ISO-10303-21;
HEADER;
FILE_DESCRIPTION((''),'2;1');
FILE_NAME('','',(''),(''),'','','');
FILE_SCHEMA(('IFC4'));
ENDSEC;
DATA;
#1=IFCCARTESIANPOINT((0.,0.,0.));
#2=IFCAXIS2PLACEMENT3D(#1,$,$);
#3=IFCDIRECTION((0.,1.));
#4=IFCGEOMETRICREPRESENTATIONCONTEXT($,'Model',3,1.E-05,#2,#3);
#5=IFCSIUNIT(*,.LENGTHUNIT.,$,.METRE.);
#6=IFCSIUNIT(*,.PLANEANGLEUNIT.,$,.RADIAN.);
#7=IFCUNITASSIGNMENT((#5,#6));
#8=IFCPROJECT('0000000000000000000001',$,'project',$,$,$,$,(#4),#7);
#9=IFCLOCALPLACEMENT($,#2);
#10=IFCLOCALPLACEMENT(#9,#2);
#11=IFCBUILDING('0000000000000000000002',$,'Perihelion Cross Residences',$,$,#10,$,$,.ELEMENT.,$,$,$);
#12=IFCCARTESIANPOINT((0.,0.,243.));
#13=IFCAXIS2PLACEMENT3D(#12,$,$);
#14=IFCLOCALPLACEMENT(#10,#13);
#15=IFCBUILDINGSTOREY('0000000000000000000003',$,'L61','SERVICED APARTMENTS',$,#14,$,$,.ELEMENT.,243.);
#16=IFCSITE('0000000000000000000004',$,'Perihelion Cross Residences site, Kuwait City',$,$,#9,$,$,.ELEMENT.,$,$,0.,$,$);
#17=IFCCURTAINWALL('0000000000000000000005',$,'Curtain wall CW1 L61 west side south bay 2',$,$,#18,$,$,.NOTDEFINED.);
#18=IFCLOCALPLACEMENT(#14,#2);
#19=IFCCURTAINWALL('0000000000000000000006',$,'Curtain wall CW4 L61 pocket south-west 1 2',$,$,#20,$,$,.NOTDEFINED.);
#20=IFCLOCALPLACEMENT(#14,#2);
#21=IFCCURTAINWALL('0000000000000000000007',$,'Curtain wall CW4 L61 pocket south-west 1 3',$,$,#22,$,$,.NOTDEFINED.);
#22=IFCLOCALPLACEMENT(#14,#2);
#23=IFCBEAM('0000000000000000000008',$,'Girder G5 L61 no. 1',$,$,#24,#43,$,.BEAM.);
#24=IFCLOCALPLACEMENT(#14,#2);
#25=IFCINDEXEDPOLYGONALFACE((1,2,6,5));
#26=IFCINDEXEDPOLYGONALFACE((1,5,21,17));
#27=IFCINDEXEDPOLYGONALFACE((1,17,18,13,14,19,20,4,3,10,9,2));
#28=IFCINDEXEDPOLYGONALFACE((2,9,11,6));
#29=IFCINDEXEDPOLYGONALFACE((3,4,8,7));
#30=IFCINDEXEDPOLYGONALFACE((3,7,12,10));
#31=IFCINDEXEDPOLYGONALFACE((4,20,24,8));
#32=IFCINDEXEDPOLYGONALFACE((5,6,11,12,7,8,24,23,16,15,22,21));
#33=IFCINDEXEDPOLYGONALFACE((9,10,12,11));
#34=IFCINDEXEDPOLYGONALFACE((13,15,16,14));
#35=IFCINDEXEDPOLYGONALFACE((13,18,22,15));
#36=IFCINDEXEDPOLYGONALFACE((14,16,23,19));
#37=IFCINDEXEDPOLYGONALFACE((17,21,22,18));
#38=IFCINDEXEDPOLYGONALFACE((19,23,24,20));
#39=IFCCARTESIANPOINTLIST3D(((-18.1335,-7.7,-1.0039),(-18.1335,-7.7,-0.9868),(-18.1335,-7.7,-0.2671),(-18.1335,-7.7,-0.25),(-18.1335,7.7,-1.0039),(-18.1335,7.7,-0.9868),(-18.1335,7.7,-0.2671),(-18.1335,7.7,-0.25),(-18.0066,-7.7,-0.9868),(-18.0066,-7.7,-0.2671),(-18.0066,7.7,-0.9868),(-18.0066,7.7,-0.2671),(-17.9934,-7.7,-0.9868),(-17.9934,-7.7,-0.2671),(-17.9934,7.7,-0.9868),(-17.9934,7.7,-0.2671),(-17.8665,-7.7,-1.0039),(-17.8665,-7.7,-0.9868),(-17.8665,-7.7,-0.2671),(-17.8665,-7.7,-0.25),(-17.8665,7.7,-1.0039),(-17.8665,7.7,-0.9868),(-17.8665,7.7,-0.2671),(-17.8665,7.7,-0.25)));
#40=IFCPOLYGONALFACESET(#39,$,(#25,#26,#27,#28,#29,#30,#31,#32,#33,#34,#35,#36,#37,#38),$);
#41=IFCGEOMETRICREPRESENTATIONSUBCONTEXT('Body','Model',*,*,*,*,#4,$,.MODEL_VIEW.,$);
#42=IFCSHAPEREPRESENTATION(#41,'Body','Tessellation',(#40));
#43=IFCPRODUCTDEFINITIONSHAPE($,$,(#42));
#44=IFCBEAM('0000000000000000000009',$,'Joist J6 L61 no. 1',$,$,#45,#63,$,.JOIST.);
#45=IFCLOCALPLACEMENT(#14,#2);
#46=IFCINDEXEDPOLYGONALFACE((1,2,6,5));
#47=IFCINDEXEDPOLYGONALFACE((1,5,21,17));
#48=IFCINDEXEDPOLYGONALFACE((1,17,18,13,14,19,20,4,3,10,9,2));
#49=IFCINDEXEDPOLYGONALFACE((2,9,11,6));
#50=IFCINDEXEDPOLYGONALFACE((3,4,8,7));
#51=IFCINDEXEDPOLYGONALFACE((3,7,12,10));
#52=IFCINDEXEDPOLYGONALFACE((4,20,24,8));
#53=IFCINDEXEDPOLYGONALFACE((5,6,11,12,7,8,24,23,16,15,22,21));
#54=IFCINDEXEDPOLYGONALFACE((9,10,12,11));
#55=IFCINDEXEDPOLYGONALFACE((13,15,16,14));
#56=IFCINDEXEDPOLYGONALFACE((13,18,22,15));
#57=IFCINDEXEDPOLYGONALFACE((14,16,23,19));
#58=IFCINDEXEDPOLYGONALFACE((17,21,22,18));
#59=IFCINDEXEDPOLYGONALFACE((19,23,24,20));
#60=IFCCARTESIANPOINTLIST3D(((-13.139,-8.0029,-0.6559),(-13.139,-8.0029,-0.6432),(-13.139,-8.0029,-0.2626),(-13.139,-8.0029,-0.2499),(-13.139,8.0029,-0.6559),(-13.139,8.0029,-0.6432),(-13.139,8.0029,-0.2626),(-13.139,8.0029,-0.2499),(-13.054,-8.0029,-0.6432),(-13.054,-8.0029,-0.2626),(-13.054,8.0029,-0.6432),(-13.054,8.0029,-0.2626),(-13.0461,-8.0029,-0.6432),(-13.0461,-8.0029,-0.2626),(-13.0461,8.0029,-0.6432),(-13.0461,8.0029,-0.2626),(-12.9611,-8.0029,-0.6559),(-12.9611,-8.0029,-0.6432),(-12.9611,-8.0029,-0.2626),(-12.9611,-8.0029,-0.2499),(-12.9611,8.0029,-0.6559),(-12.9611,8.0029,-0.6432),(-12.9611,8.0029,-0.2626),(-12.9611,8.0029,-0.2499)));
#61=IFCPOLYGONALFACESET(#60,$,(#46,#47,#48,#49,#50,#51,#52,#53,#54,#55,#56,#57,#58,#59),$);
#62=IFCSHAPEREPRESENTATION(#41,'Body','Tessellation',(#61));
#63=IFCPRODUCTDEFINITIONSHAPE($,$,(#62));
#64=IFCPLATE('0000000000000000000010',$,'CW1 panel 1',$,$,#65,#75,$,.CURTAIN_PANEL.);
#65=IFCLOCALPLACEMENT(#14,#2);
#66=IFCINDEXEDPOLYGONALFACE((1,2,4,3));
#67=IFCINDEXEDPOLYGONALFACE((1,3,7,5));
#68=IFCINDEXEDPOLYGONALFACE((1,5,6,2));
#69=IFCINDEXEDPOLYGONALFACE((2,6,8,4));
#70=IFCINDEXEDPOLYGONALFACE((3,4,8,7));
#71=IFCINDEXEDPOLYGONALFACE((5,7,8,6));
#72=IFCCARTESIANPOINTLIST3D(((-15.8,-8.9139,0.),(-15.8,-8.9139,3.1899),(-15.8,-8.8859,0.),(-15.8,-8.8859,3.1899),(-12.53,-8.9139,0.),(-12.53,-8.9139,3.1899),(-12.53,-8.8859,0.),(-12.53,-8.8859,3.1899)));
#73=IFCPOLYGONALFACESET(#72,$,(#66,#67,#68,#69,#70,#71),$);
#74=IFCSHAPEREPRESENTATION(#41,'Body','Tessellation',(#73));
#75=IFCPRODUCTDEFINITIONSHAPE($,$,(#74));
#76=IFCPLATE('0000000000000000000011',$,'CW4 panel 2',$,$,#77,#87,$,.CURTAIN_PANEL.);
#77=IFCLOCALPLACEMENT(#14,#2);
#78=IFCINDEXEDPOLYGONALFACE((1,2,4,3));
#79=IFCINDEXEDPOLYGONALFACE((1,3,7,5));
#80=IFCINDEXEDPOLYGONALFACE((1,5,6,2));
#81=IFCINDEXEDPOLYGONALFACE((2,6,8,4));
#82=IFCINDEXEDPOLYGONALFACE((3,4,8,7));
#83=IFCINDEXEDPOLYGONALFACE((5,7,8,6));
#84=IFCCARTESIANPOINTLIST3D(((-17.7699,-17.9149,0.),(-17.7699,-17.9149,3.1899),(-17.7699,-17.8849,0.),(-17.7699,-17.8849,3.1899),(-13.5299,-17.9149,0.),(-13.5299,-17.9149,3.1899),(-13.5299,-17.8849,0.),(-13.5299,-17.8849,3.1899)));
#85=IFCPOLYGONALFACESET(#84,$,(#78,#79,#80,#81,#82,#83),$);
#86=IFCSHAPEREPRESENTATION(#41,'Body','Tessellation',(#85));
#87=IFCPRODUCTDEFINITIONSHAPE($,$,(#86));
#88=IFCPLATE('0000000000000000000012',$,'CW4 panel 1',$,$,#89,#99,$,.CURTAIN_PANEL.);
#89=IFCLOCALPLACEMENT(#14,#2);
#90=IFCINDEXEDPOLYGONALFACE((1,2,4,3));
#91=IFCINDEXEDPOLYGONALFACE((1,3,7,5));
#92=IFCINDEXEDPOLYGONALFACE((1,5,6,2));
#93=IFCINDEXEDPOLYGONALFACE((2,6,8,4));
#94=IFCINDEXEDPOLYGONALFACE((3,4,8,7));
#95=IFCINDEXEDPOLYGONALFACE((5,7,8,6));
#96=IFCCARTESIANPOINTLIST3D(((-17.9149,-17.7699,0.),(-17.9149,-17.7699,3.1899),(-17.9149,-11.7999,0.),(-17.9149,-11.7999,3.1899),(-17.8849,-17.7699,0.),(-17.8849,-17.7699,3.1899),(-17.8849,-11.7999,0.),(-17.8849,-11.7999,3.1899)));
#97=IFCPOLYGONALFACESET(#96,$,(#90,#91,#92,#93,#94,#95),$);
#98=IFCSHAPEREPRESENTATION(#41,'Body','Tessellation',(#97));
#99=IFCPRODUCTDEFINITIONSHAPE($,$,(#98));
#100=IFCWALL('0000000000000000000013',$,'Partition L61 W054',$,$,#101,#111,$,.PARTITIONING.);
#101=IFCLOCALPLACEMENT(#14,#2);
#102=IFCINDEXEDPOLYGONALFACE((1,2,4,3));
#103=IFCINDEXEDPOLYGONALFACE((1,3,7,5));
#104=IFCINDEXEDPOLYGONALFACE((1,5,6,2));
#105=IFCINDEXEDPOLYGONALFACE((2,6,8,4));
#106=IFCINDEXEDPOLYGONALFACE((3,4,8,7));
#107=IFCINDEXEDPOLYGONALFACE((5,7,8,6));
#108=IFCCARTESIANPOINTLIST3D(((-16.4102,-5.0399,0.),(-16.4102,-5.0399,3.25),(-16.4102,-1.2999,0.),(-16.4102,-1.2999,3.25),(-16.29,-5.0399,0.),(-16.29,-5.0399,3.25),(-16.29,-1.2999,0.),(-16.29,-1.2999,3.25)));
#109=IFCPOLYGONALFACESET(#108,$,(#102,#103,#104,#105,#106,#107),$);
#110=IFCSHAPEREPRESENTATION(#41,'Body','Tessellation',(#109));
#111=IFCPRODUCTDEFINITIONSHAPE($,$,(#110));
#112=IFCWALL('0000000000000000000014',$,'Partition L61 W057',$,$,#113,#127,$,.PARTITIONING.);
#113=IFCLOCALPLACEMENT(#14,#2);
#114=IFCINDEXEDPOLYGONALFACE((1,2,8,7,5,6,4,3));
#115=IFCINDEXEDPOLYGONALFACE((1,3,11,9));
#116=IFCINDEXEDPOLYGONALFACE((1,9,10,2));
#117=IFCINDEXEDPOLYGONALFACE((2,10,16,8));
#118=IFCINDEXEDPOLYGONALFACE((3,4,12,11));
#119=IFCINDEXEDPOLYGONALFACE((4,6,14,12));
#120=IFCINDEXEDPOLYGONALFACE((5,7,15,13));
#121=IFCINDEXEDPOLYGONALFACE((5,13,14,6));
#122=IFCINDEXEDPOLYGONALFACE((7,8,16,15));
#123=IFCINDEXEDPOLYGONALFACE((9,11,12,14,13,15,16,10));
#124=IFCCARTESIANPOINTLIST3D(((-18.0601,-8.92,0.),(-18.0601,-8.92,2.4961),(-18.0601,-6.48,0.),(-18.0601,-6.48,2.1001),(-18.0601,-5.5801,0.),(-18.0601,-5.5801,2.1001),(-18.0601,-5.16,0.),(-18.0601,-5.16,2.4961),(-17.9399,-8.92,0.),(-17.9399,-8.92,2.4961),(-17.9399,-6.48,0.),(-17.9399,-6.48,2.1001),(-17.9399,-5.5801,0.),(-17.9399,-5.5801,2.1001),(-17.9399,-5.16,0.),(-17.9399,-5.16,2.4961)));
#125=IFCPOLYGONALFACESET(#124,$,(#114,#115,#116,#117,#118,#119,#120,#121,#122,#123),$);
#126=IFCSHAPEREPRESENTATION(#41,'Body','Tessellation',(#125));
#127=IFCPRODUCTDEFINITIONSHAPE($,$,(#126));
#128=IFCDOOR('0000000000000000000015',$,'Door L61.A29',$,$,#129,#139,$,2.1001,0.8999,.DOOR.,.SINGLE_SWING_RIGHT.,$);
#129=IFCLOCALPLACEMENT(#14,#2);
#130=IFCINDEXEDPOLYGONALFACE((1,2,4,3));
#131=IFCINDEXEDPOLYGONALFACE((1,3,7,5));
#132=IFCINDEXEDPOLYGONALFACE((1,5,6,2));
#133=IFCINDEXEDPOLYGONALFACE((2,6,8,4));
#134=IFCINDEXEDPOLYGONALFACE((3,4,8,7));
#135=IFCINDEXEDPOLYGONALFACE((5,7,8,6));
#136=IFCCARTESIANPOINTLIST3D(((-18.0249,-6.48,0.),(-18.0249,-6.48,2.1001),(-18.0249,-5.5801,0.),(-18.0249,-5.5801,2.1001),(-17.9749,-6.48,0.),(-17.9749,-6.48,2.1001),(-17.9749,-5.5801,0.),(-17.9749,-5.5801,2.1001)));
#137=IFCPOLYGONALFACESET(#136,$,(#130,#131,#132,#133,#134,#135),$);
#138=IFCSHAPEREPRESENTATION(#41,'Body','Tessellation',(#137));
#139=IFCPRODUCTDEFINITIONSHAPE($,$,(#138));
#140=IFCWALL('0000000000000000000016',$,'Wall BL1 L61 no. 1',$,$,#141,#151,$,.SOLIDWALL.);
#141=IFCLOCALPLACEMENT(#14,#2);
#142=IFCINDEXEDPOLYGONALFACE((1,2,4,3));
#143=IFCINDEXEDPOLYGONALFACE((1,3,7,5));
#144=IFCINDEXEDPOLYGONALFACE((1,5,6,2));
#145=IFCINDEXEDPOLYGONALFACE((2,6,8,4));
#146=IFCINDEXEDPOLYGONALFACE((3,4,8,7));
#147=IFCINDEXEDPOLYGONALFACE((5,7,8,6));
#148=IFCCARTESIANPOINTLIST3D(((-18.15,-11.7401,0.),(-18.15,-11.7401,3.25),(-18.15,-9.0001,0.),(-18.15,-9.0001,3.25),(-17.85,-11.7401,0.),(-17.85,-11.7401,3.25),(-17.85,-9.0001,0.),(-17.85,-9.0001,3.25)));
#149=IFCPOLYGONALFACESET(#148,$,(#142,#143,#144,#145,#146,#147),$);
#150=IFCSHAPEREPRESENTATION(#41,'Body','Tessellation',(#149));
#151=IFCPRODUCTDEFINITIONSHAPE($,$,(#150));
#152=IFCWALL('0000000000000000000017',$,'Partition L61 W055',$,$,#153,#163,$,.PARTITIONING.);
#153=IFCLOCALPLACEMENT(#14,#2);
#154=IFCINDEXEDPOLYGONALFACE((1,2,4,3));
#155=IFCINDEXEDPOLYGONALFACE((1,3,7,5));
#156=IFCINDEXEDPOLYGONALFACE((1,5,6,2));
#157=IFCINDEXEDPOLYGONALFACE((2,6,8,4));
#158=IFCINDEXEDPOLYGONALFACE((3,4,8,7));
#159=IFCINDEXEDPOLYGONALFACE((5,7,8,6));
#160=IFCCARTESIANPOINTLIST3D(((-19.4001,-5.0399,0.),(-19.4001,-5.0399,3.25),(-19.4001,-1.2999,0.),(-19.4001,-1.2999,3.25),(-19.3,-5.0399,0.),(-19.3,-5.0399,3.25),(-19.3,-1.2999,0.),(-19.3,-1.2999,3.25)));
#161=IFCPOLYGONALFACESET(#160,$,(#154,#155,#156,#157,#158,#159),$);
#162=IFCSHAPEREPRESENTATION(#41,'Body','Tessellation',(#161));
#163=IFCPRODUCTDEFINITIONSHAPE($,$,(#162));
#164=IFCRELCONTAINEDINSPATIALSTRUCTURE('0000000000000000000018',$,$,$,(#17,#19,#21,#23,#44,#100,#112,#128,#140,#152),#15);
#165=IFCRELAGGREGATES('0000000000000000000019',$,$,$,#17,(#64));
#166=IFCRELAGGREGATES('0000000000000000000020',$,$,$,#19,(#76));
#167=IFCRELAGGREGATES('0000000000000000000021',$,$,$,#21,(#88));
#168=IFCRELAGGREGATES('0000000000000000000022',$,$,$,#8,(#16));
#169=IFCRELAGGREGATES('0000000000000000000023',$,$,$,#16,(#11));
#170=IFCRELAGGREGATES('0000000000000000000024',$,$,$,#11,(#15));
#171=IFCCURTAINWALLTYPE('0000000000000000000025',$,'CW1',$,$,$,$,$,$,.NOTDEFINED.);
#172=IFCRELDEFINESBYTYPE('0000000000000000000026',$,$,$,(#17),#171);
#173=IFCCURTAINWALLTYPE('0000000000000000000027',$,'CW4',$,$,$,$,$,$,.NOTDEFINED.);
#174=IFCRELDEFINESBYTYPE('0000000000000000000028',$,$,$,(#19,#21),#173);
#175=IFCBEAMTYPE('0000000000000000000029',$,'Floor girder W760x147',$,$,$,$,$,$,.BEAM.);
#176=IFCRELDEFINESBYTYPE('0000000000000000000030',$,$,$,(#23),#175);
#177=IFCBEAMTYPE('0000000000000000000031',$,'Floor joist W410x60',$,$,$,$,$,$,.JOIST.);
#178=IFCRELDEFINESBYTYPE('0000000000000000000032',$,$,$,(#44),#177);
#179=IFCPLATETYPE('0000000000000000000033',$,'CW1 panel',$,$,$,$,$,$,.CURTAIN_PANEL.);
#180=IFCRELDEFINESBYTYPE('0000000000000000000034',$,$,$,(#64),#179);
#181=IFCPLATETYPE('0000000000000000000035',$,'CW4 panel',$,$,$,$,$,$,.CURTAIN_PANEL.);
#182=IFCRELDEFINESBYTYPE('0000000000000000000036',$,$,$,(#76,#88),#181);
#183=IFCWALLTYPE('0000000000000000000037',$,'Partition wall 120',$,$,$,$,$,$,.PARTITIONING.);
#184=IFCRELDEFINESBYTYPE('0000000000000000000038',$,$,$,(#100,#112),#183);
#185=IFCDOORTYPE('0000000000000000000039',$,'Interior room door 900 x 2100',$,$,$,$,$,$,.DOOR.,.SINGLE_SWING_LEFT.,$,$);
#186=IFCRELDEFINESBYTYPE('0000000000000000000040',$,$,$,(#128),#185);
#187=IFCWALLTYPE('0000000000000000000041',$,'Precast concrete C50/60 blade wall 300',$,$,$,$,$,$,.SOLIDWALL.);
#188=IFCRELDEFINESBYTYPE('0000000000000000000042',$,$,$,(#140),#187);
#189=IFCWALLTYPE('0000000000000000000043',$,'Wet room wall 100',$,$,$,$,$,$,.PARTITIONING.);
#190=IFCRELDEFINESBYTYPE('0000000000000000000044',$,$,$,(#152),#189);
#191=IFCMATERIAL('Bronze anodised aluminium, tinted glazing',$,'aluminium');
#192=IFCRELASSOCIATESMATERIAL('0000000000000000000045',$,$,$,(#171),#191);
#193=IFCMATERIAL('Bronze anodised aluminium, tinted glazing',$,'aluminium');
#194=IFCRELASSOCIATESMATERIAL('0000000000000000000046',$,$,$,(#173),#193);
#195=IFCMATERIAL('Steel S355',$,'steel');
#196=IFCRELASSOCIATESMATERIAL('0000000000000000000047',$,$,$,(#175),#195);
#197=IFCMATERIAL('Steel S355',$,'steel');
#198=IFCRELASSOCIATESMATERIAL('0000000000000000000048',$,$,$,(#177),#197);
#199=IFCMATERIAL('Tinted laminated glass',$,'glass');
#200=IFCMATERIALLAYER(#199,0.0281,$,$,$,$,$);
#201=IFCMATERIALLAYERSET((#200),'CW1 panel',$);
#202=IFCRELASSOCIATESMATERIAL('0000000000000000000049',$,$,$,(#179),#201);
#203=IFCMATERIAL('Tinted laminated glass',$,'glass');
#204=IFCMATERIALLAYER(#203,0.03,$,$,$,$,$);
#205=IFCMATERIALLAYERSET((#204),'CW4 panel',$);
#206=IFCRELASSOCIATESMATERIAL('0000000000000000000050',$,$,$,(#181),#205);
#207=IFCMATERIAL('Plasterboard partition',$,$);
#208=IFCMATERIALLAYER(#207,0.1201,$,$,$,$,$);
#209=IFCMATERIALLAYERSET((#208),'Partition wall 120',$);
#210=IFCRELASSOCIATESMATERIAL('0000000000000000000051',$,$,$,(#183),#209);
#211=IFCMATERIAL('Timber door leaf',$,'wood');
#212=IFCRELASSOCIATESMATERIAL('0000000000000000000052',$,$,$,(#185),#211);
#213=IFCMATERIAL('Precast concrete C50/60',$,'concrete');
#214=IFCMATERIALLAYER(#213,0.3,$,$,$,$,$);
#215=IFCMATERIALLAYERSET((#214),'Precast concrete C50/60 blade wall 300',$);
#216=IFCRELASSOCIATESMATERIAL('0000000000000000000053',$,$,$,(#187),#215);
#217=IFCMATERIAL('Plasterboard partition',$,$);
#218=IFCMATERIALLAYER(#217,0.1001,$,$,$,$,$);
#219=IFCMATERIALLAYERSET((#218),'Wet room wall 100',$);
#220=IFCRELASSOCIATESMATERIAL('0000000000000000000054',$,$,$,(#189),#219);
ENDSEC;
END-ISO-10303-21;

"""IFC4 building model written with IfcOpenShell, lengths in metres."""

from ifc_helpers import new_model, si_unit, direction, frame, frame_2d, origin, origin_2d, place, context, subcontext, project, spatial, rectangle, i_section, extrude, material, layer, layer_set, material_profile, profile_set, type_object, element, fill, aggregate, save


model = new_model("IFC4")

# Units and contexts
model_context = context("Model", 3, precision=1e-05, world=origin(), true_north=direction((0.0, 1.0)))
body_context = subcontext(model_context, "Body", "Model", "MODEL_VIEW")
ifc_project = project(units=[si_unit("LENGTHUNIT", "METRE"), si_unit("PLANEANGLEUNIT", "RADIAN")], contexts=[model_context])

# Site, building, storey
site_placement = place(None, origin())
site = spatial("IfcSite", under=ifc_project, at=site_placement, Name="Perihelion Cross Residences site, Kuwait City", CompositionType="ELEMENT", RefElevation=0.0)
building_placement = place(site_placement, origin())
building = spatial("IfcBuilding", under=site, at=building_placement, Name="Perihelion Cross Residences", CompositionType="ELEMENT")
storey_placement = place(building_placement, frame((0.0, 0.0, 243.0)))
storey = spatial("IfcBuildingStorey", under=building, at=storey_placement, Name="L61", Description="SERVICED APARTMENTS", CompositionType="ELEMENT", Elevation=243.0)

# Curtain walls
ifc_material_1 = material(Name="Bronze anodised aluminium, tinted glazing", Category="aluminium")
curtain_wall_type_1 = type_object("IfcCurtainWallType", Name="CW1", PredefinedType="NOTDEFINED", material=ifc_material_1)
curtain_wall_1_placement = place(storey_placement, origin())
curtain_wall_1 = element("IfcCurtainWall", 1, at=curtain_wall_1_placement, inside=storey, type_object=curtain_wall_type_1, Name="Curtain wall CW1 L61 west side south bay 2", PredefinedType="NOTDEFINED")
ifc_material_2 = material(Name="Bronze anodised aluminium, tinted glazing", Category="aluminium")
curtain_wall_type_2 = type_object("IfcCurtainWallType", Name="CW4", PredefinedType="NOTDEFINED", material=ifc_material_2)
curtain_wall_2_placement = place(storey_placement, origin())
curtain_wall_2 = element("IfcCurtainWall", 2, at=curtain_wall_2_placement, inside=storey, type_object=curtain_wall_type_2, Name="Curtain wall CW4 L61 pocket south-west 1 2", PredefinedType="NOTDEFINED")
curtain_wall_3_placement = place(storey_placement, origin())
curtain_wall_3 = element("IfcCurtainWall", 3, at=curtain_wall_3_placement, inside=storey, type_object=curtain_wall_type_2, Name="Curtain wall CW4 L61 pocket south-west 1 3", PredefinedType="NOTDEFINED")

# Beams
ifc_material_3 = material(Name="Steel S355", Category="steel")
ifc_material_profile_1 = material_profile(ifc_material_3, i_section(OverallWidth=0.2671, OverallDepth=0.7539, WebThickness=0.0132, FlangeThickness=0.0171, at=origin_2d()), Name="W760x147")
ifc_profile_set_1 = profile_set([ifc_material_profile_1], Name="Steel S355")
beam_type_1 = type_object("IfcBeamType", Name="Floor girder W760x147", PredefinedType="BEAM", material=ifc_profile_set_1)
beam_1_placement = place(storey_placement, frame((-18.0, -7.7, -0.627), z_axis=(0.0, 1.0, 0.0), x_axis=(-1.0, 0.0, 0.0)))
element("IfcBeam", 4, at=beam_1_placement, inside=storey, type_object=beam_type_1, Name="Girder G5 L61 no. 1", PredefinedType="BEAM", context=body_context, shape_type="SweptSolid", body=[
    extrude(i_section(OverallWidth=0.2671, OverallDepth=0.7539, WebThickness=0.0132, FlangeThickness=0.0171, at=origin_2d()), origin(), (0.0, 0.0, 1.0), 15.3999),
])
ifc_material_4 = material(Name="Steel S355", Category="steel")
ifc_material_profile_2 = material_profile(ifc_material_4, i_section(OverallWidth=0.178, OverallDepth=0.406, WebThickness=0.0078, FlangeThickness=0.0127, at=origin_2d()), Name="W410x60")
ifc_profile_set_2 = profile_set([ifc_material_profile_2], Name="Steel S355")
beam_type_2 = type_object("IfcBeamType", Name="Floor joist W410x60", PredefinedType="JOIST", material=ifc_profile_set_2)
beam_2_placement = place(storey_placement, frame((-13.05, -8.0029, -0.4529), z_axis=(0.0, 1.0, 0.0), x_axis=(-1.0, 0.0, 0.0)))
element("IfcBeam", 5, at=beam_2_placement, inside=storey, type_object=beam_type_2, Name="Joist J6 L61 no. 1", PredefinedType="JOIST", context=body_context, shape_type="SweptSolid", body=[
    extrude(i_section(OverallWidth=0.178, OverallDepth=0.406, WebThickness=0.0078, FlangeThickness=0.0127, at=origin_2d()), origin(), (0.0, 0.0, 1.0), 16.0059),
])

# Plates
ifc_material_5 = material(Name="Tinted laminated glass", Category="glass")
ifc_layer_1 = layer(ifc_material_5, 0.0281)
ifc_layer_set_1 = layer_set([ifc_layer_1], Name="CW1 panel")
plate_type_1 = type_object("IfcPlateType", Name="CW1 panel", PredefinedType="CURTAIN_PANEL", material=ifc_layer_set_1)
plate_1_placement = place(storey_placement, frame((-14.165, -8.8999, 0.0), z_axis=(0.0, 0.0, 1.0), x_axis=(1.0, 0.0, 0.0)))
plate_1 = element("IfcPlate", 6, at=plate_1_placement, type_object=plate_type_1, Name="CW1 panel 1", PredefinedType="CURTAIN_PANEL", context=body_context, shape_type="SweptSolid", body=[
    extrude(rectangle(XDim=3.27, YDim=0.0281, at=origin_2d()), origin(), (0.0, 0.0, 1.0), 3.1899),
])
aggregate(curtain_wall_1, [plate_1])
ifc_material_6 = material(Name="Tinted laminated glass", Category="glass")
ifc_layer_2 = layer(ifc_material_6, 0.03)
ifc_layer_set_2 = layer_set([ifc_layer_2], Name="CW4 panel")
plate_type_2 = type_object("IfcPlateType", Name="CW4 panel", PredefinedType="CURTAIN_PANEL", material=ifc_layer_set_2)
plate_2_placement = place(storey_placement, frame((-15.6499, -17.8999, 0.0), z_axis=(0.0, 0.0, 1.0), x_axis=(-1.0, 0.0, 0.0)))
plate_2 = element("IfcPlate", 7, at=plate_2_placement, type_object=plate_type_2, Name="CW4 panel 2", PredefinedType="CURTAIN_PANEL", context=body_context, shape_type="SweptSolid", body=[
    extrude(rectangle(XDim=4.24, YDim=0.03, at=origin_2d()), origin(), (0.0, 0.0, 1.0), 3.1899),
])
aggregate(curtain_wall_2, [plate_2])
plate_3_placement = place(storey_placement, frame((-17.8999, -14.7849, 0.0), z_axis=(0.0, 0.0, 1.0), x_axis=(0.0, 1.0, 0.0)))
plate_3 = element("IfcPlate", 8, at=plate_3_placement, type_object=plate_type_2, Name="CW4 panel 1", PredefinedType="CURTAIN_PANEL", context=body_context, shape_type="SweptSolid", body=[
    extrude(rectangle(XDim=5.97, YDim=0.03, at=origin_2d()), origin(), (0.0, 0.0, 1.0), 3.1899),
])
aggregate(curtain_wall_3, [plate_3])

# Wall
ifc_material_7 = material(Name="Plasterboard partition")
ifc_layer_3 = layer(ifc_material_7, 0.1201)
ifc_layer_set_3 = layer_set([ifc_layer_3], Name="Partition wall 120")
wall_type_1 = type_object("IfcWallType", Name="Partition wall 120", PredefinedType="PARTITIONING", material=ifc_layer_set_3)
wall_1_placement = place(storey_placement, frame((-16.3501, -5.04, 0.0), z_axis=(0.0, 0.0, 1.0), x_axis=(0.0, 1.0, 0.0)))
element("IfcWall", 9, at=wall_1_placement, inside=storey, type_object=wall_type_1, Name="Partition L61 W054", PredefinedType="PARTITIONING", context=body_context, shape_type="SweptSolid", body=[
    extrude(rectangle(XDim=3.74, YDim=0.1201, at=frame_2d((1.8701, 0.0))), origin(), (0.0, 0.0, 1.0), 3.25),
])

# Wall, opening, door
wall_2_placement = place(storey_placement, frame((-18.0, -8.9199, 0.0), z_axis=(0.0, 0.0, 1.0), x_axis=(0.0, 1.0, 0.0)))
wall_2 = element("IfcWall", 10, at=wall_2_placement, inside=storey, type_object=wall_type_1, Name="Partition L61 W057", PredefinedType="PARTITIONING", context=body_context, shape_type="SweptSolid", body=[
    extrude(rectangle(XDim=3.76, YDim=0.1201, at=frame_2d((1.8799, 0.0))), origin(), (0.0, 0.0, 1.0), 2.4961),
])
opening_1_placement = place(wall_2_placement, frame((2.4399, 0.0, 0.0)))
opening_1 = element("IfcOpeningElement", 11, at=opening_1_placement, cuts=wall_2, PredefinedType="OPENING", context=body_context, shape_type="SweptSolid", body=[
    extrude(rectangle(XDim=0.8999, YDim=2.1001, at=frame_2d((0.45, 1.05))), frame((0.0, 0.0701, 0.0), z_axis=(0.0, -1.0, 0.0), x_axis=(1.0, 0.0, 0.0)), (0.0, 0.0, 1.0), 0.1401),
])
ifc_material_8 = material(Name="Timber door leaf", Category="wood")
door_type_1 = type_object("IfcDoorType", Name="Interior room door 900 x 2100", OperationType="SINGLE_SWING_LEFT", PredefinedType="DOOR", material=ifc_material_8)
door_1_placement = place(opening_1_placement, origin())
door_1 = element("IfcDoor", 12, at=door_1_placement, inside=storey, type_object=door_type_1, Name="Door L61.A29", OperationType="SINGLE_SWING_RIGHT", OverallHeight=2.1001, OverallWidth=0.8999, PredefinedType="DOOR", context=body_context, shape_type="SweptSolid", body=[
    extrude(rectangle(XDim=0.8999, YDim=2.1001, at=frame_2d((0.45, 1.05))), frame((0.0, 0.0249, 0.0), z_axis=(0.0, -1.0, 0.0), x_axis=(1.0, 0.0, 0.0)), (0.0, 0.0, 1.0), 0.05),
])
fill(opening_1, door_1)

# Walls
ifc_material_9 = material(Name="Precast concrete C50/60", Category="concrete")
ifc_layer_4 = layer(ifc_material_9, 0.3)
ifc_layer_set_4 = layer_set([ifc_layer_4], Name="Precast concrete C50/60 blade wall 300")
wall_type_2 = type_object("IfcWallType", Name="Precast concrete C50/60 blade wall 300", PredefinedType="SOLIDWALL", material=ifc_layer_set_4)
wall_3_placement = place(storey_placement, frame((-18.0, -9.0, 0.0), z_axis=(0.0, 0.0, 1.0), x_axis=(0.0, -1.0, 0.0)))
element("IfcWall", 13, at=wall_3_placement, inside=storey, type_object=wall_type_2, Name="Wall BL1 L61 no. 1", PredefinedType="SOLIDWALL", context=body_context, shape_type="SweptSolid", body=[
    extrude(rectangle(XDim=2.74, YDim=0.3, at=frame_2d((1.3701, 0.0))), origin(), (0.0, 0.0, 1.0), 3.25),
])
ifc_material_10 = material(Name="Plasterboard partition")
ifc_layer_5 = layer(ifc_material_10, 0.1001)
ifc_layer_set_5 = layer_set([ifc_layer_5], Name="Wet room wall 100")
wall_type_3 = type_object("IfcWallType", Name="Wet room wall 100", PredefinedType="PARTITIONING", material=ifc_layer_set_5)
wall_4_placement = place(storey_placement, frame((-19.3501, -5.04, 0.0), z_axis=(0.0, 0.0, 1.0), x_axis=(0.0, 1.0, 0.0)))
element("IfcWall", 14, at=wall_4_placement, inside=storey, type_object=wall_type_3, Name="Partition L61 W055", PredefinedType="PARTITIONING", context=body_context, shape_type="SweptSolid", body=[
    extrude(rectangle(XDim=3.74, YDim=0.1001, at=frame_2d((1.8701, 0.0))), origin(), (0.0, 0.0, 1.0), 3.25),
])

save(model, "model.ifc")
